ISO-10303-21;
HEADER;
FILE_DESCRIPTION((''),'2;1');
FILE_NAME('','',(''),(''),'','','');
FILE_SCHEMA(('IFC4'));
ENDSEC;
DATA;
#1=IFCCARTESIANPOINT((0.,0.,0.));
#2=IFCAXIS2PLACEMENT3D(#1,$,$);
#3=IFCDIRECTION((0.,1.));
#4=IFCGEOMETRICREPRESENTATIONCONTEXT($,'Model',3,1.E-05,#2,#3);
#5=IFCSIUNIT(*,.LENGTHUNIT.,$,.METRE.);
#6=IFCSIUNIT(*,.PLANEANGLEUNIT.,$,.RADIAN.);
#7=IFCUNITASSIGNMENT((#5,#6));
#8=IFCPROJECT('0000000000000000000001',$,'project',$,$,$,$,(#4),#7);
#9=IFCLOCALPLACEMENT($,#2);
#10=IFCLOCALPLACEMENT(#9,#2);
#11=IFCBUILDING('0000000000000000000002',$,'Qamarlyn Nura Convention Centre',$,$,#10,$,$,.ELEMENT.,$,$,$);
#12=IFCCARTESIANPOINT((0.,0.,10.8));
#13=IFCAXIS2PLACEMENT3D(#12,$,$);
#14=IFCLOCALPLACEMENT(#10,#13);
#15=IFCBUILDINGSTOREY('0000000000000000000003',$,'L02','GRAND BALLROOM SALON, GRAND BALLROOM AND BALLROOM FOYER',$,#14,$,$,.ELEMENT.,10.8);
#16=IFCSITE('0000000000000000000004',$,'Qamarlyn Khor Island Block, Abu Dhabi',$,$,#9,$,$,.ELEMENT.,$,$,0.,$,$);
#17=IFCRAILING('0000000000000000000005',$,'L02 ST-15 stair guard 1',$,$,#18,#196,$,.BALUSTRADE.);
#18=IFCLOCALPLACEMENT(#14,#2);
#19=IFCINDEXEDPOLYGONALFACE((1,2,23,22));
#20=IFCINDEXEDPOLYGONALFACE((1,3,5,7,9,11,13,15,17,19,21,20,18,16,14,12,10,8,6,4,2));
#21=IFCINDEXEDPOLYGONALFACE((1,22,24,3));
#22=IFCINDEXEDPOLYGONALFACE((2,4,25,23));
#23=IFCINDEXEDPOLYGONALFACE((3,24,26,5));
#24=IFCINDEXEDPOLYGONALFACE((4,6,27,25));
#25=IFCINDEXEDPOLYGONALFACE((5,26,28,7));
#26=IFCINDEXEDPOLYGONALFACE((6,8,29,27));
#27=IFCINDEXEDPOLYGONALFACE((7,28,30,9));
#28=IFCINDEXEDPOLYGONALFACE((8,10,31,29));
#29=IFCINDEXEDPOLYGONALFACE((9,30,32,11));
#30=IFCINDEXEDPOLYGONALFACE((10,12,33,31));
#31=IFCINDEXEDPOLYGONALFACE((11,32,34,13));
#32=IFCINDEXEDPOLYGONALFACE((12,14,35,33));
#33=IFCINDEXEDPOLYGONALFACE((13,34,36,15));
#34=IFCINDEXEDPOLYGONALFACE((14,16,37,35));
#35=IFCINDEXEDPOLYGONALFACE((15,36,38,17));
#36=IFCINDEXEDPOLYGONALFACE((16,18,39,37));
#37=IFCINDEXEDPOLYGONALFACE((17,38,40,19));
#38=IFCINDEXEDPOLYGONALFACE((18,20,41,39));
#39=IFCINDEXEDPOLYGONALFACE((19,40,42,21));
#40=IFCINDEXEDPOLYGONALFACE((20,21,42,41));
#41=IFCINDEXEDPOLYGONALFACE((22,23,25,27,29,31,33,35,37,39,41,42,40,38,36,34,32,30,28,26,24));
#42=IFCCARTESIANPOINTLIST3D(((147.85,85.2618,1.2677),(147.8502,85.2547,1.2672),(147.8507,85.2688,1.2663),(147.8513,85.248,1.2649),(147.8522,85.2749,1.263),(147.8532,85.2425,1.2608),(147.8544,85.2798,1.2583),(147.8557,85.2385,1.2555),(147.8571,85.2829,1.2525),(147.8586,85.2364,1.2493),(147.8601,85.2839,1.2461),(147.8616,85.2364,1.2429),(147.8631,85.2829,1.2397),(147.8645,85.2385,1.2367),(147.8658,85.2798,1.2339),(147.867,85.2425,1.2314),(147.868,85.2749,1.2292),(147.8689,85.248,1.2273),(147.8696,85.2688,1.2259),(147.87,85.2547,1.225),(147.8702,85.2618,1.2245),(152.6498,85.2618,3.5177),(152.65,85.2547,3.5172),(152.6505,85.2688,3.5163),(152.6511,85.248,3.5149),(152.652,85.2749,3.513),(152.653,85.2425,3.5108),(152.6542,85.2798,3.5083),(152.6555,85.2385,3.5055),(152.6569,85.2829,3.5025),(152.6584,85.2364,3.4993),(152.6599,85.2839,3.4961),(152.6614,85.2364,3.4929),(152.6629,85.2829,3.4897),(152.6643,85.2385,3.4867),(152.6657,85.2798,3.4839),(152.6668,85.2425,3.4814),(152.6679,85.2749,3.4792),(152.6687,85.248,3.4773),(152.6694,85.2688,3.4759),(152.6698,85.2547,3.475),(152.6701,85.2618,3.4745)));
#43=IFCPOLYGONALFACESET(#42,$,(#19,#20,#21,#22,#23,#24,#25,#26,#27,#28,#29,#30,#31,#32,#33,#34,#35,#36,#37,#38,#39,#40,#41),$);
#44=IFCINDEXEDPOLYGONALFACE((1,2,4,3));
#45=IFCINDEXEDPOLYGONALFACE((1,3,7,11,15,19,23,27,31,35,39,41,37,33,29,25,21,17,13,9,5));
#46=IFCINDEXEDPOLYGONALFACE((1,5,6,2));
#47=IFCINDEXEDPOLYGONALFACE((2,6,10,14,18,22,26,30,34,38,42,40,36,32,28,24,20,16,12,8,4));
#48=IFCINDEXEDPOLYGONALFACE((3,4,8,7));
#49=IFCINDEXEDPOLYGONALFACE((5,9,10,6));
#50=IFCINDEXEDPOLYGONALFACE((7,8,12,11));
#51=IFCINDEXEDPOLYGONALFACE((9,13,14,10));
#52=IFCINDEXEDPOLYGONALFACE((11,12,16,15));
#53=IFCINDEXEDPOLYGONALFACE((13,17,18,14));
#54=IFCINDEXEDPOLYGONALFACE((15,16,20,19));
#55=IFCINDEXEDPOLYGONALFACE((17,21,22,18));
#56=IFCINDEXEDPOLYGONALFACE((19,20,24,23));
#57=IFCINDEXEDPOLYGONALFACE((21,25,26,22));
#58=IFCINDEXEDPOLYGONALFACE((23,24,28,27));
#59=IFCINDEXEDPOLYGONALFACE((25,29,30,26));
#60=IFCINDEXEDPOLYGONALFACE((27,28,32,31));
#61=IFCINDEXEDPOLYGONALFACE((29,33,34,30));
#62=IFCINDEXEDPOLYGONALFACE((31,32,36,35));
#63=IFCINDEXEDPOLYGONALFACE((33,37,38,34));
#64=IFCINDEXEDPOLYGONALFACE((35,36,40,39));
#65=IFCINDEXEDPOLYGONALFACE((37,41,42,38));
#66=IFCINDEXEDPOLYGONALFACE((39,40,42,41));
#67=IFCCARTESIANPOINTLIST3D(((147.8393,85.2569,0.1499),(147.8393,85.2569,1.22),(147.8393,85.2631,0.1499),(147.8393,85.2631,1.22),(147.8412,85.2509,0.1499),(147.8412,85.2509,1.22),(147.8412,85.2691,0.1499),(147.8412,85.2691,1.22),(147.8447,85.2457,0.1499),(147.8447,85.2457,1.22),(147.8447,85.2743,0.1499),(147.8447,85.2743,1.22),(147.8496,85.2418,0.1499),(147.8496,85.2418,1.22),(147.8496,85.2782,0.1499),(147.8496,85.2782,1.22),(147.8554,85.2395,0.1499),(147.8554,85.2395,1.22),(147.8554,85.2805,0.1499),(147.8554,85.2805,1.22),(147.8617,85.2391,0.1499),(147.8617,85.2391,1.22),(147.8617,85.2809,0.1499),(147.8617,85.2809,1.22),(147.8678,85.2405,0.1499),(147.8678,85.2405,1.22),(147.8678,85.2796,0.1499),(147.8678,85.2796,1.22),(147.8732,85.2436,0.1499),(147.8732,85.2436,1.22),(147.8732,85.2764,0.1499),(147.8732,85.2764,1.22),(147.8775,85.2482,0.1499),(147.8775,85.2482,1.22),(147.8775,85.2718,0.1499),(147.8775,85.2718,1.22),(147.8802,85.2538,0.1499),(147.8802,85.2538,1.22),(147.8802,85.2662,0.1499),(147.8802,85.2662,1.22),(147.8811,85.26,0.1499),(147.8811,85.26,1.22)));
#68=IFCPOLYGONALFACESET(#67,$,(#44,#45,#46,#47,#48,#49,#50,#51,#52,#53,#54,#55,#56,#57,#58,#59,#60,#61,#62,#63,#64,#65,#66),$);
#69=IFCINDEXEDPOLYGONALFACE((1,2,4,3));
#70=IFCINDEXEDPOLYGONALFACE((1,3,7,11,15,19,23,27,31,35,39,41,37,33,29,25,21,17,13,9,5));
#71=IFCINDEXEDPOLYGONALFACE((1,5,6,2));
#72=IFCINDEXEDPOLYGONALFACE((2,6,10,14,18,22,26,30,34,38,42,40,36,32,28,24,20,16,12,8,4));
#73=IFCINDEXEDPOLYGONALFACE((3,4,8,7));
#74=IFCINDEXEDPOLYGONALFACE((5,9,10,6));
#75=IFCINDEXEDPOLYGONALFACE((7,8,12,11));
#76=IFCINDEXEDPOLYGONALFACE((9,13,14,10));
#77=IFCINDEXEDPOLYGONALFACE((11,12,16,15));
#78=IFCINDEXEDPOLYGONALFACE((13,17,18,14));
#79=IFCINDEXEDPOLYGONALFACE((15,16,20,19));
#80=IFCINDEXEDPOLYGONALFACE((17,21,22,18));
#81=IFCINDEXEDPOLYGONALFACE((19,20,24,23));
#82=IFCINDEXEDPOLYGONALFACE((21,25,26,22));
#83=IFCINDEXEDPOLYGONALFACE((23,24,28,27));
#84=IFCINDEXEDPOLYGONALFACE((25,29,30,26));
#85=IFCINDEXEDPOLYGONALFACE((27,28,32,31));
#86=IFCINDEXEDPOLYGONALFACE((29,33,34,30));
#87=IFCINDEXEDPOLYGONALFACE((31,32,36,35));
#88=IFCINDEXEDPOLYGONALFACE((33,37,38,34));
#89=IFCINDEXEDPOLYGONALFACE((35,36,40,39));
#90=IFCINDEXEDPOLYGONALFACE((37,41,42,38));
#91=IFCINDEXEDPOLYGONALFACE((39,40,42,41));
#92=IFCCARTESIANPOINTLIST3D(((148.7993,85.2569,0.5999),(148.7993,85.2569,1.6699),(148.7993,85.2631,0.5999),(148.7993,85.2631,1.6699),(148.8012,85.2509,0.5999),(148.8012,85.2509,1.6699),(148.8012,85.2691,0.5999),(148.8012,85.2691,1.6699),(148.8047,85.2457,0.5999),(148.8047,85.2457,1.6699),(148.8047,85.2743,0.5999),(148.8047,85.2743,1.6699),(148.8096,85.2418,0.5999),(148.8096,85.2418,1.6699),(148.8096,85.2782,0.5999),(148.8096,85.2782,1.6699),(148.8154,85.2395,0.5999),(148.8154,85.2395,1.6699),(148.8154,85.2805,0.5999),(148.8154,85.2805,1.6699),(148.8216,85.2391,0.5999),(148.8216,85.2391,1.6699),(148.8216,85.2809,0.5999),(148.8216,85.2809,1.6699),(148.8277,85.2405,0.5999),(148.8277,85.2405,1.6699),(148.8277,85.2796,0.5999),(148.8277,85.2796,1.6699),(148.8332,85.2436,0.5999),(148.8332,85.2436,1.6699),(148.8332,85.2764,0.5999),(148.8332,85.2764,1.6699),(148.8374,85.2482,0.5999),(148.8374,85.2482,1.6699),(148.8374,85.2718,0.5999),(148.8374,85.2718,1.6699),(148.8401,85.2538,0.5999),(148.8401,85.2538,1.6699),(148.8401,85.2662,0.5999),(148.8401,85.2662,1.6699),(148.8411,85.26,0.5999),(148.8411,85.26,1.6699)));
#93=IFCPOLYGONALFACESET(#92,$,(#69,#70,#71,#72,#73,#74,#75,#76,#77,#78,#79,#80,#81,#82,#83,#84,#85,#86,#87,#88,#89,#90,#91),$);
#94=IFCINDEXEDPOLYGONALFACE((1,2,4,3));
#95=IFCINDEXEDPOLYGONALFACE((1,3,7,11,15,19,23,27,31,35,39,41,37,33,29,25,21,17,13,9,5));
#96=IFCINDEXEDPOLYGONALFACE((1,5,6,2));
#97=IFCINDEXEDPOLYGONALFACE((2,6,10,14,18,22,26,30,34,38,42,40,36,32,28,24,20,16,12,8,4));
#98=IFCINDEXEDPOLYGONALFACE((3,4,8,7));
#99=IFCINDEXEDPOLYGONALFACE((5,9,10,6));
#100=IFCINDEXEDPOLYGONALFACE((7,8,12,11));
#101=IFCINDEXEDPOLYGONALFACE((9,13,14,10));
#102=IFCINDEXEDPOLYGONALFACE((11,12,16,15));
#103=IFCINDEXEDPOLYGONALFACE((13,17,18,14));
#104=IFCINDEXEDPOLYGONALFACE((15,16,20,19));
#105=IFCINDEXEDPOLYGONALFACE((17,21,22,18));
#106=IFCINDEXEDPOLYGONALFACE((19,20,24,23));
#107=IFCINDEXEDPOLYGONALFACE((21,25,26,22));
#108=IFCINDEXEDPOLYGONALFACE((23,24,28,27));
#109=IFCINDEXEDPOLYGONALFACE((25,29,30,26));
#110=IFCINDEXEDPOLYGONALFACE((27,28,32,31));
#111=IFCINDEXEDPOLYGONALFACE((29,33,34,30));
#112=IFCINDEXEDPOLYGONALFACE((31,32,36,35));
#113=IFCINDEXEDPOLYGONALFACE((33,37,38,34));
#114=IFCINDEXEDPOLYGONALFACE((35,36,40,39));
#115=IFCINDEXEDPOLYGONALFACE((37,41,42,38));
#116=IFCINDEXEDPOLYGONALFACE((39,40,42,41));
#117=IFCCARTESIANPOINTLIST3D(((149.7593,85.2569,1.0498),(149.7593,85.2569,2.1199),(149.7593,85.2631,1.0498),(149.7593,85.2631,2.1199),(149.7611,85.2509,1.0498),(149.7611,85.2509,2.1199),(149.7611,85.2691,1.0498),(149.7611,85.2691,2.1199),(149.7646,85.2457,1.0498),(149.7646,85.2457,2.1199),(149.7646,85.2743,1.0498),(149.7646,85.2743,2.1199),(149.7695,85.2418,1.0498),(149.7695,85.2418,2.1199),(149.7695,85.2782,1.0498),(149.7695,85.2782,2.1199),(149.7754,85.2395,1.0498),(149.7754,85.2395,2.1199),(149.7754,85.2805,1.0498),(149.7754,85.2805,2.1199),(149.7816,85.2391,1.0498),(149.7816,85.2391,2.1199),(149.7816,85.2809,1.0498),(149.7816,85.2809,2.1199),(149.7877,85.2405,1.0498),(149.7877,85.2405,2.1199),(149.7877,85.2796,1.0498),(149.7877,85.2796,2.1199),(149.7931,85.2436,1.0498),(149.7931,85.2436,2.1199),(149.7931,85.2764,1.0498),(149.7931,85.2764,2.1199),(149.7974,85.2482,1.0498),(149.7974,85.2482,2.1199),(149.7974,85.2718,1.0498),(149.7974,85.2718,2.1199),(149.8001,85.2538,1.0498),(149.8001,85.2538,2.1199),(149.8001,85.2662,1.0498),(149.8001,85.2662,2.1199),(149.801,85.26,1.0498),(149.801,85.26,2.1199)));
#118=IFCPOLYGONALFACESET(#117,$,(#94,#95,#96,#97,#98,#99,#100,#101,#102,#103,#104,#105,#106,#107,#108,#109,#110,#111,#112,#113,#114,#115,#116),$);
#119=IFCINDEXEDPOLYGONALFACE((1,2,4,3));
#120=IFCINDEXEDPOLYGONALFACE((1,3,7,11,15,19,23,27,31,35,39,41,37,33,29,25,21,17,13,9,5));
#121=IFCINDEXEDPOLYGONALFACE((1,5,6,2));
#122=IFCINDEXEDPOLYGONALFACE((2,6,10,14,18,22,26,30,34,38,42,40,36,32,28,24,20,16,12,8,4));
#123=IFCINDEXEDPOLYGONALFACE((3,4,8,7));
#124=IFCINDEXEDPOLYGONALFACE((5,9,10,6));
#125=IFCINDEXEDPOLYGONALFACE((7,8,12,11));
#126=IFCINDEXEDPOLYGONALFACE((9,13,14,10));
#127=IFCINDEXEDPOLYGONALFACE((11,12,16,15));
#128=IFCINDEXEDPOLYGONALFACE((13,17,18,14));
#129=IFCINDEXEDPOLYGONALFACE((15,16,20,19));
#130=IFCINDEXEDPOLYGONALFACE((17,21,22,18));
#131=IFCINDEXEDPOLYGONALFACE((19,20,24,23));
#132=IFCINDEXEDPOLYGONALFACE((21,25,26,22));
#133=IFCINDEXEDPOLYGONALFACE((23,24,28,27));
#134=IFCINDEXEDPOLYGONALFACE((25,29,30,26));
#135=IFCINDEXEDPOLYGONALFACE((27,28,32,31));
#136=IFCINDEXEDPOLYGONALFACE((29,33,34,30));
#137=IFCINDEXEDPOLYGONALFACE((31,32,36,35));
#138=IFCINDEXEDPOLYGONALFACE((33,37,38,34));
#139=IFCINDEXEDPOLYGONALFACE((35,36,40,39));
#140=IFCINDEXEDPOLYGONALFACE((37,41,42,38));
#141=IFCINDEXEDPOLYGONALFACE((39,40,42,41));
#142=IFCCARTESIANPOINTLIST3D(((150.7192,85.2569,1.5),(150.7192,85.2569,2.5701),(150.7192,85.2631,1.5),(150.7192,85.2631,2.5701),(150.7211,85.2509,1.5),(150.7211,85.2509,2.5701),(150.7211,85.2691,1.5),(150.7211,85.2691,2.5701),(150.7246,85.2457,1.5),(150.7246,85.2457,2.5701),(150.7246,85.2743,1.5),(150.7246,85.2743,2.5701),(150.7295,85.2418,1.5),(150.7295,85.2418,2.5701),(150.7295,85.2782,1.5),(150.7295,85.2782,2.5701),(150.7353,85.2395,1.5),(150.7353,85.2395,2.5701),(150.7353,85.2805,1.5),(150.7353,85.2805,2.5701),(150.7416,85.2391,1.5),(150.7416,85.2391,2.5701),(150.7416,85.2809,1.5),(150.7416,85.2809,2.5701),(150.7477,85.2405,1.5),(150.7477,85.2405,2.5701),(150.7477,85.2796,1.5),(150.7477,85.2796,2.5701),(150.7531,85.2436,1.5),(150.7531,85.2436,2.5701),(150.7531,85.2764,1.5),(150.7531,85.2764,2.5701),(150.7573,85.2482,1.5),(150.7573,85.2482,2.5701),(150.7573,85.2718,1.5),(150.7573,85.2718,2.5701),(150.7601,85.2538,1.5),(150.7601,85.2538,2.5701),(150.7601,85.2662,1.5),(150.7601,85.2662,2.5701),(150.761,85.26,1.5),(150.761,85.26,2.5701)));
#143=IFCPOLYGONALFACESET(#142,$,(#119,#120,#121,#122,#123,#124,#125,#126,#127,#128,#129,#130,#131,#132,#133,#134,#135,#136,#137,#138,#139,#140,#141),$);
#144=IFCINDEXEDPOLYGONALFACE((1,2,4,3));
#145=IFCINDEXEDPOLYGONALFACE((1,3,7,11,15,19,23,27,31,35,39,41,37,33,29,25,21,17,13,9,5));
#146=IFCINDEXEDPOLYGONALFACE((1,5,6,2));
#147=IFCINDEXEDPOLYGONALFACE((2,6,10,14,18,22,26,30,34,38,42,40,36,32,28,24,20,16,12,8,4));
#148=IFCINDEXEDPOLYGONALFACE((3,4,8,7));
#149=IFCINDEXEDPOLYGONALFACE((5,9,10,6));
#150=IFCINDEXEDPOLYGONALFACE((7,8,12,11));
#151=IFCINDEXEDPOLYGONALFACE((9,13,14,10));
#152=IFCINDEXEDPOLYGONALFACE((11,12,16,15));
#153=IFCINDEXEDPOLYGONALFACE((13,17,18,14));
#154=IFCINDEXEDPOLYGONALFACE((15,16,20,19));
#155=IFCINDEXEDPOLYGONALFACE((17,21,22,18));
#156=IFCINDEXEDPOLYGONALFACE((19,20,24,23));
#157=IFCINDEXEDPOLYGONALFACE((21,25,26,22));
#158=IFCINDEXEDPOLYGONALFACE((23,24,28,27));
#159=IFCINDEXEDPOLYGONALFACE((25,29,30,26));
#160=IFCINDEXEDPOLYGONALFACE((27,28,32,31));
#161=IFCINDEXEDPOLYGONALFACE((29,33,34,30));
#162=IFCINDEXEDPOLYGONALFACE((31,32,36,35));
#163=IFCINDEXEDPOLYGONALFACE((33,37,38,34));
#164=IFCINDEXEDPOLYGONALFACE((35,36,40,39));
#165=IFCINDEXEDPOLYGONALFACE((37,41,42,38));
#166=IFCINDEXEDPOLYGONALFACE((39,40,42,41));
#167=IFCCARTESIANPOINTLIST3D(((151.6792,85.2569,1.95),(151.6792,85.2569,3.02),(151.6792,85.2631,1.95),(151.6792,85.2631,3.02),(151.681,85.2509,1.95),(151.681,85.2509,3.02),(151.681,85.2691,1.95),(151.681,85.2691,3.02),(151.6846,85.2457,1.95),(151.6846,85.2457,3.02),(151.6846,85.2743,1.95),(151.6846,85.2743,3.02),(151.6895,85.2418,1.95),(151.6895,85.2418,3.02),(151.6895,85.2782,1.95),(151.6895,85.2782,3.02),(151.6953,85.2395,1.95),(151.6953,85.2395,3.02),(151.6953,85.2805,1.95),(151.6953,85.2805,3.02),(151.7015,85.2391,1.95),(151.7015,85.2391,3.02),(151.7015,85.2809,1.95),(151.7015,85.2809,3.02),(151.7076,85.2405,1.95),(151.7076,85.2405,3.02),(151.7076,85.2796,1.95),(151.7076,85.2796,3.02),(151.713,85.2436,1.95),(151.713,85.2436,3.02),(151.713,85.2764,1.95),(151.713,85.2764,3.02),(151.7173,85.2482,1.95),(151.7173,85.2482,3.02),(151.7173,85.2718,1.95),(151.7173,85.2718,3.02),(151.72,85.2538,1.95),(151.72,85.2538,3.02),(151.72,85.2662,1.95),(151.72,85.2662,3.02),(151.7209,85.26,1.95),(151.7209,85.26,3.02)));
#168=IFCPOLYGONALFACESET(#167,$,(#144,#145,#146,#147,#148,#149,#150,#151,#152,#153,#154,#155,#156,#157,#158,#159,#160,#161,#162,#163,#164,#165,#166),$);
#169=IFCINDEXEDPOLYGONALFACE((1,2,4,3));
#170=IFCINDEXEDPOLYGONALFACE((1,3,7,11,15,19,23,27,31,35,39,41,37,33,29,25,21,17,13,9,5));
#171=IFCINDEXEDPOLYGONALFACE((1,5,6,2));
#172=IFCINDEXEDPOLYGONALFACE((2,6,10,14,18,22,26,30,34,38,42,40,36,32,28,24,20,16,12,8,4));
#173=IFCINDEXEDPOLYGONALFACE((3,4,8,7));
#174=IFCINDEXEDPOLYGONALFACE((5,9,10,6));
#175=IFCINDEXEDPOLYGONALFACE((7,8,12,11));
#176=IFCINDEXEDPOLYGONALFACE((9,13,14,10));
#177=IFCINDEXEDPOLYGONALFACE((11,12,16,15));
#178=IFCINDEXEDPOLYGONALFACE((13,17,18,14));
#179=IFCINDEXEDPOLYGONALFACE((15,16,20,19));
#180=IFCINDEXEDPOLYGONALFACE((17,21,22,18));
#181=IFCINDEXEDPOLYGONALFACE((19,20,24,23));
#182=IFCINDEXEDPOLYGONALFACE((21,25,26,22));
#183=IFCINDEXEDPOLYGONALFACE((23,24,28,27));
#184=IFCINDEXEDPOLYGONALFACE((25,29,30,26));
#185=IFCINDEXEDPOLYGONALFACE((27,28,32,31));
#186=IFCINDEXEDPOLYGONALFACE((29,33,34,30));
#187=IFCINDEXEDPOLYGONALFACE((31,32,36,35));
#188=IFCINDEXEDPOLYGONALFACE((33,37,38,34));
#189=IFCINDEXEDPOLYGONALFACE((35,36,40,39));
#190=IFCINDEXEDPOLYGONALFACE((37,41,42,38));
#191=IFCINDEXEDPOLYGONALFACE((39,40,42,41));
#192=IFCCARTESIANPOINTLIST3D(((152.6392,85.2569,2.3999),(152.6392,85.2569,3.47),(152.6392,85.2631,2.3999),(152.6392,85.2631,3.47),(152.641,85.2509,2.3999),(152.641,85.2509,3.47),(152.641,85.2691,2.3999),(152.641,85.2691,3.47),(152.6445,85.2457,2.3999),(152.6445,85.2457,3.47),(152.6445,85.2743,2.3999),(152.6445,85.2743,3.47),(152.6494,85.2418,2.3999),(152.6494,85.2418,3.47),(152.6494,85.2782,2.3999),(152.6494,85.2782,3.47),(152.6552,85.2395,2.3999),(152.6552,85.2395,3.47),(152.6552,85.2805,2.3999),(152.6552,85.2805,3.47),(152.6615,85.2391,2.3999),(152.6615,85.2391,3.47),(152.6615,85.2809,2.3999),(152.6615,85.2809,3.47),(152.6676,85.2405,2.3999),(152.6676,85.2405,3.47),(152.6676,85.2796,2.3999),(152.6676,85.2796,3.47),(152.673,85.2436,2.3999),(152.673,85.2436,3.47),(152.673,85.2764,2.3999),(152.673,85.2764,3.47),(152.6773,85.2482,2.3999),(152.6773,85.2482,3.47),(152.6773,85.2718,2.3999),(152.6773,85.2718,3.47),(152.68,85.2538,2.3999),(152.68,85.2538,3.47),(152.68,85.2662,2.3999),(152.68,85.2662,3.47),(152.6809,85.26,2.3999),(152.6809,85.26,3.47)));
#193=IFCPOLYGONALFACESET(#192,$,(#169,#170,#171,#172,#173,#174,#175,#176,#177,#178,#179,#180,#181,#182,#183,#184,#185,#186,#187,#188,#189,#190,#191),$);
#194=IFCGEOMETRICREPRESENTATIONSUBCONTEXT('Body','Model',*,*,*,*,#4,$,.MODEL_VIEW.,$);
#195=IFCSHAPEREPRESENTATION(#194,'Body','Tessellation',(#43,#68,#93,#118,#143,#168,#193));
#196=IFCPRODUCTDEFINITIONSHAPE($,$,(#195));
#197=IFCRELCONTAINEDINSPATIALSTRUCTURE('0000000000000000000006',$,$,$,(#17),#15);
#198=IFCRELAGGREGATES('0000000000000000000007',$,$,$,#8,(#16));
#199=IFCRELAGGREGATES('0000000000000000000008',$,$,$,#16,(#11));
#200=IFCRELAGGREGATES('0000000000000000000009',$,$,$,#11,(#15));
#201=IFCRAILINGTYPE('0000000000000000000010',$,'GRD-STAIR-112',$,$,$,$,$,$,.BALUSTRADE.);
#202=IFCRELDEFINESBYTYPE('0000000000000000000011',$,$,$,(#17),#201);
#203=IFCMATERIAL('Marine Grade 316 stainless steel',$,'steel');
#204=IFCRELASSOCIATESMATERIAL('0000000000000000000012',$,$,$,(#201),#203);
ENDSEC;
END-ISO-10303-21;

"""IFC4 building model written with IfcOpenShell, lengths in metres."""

from ifc_helpers import new_model, si_unit, direction, frame, origin, origin_2d, place, context, subcontext, project, spatial, circle, extrude, material, type_object, element, save


model = new_model("IFC4")

# Units and contexts
model_context = context("Model", 3, precision=1e-05, world=origin(), true_north=direction((0.0, 1.0)))
body_context = subcontext(model_context, "Body", "Model", "MODEL_VIEW")
ifc_project = project(units=[si_unit("LENGTHUNIT", "METRE"), si_unit("PLANEANGLEUNIT", "RADIAN")], contexts=[model_context])

# Site, building, storey
site_placement = place(None, origin())
site = spatial("IfcSite", under=ifc_project, at=site_placement, Name="Qamarlyn Khor Island Block, Abu Dhabi", CompositionType="ELEMENT", RefElevation=0.0)
building_placement = place(site_placement, origin())
building = spatial("IfcBuilding", under=site, at=building_placement, Name="Qamarlyn Nura Convention Centre", CompositionType="ELEMENT")
storey_placement = place(building_placement, frame((0.0, 0.0, 10.8)))
storey = spatial("IfcBuildingStorey", under=building, at=storey_placement, Name="L02", Description="GRAND BALLROOM SALON, GRAND BALLROOM AND BALLROOM FOYER", CompositionType="ELEMENT", Elevation=10.8)

# Railing
ifc_material_1 = material(Name="Marine Grade 316 stainless steel", Category="steel")
railing_type_1 = type_object("IfcRailingType", Name="GRD-STAIR-112", PredefinedType="BALUSTRADE", material=ifc_material_1)
railing_1_placement = place(storey_placement, frame((147.8601, 85.26, 0.1499)))
element("IfcRailing", 1, at=railing_1_placement, inside=storey, type_object=railing_type_1, Name="L02 ST-15 stair guard 1", PredefinedType="BALUSTRADE", context=body_context, shape_type="SweptSolid", body=[
    extrude(circle(Radius=0.0239, at=origin_2d()), frame((0.0, 0.0, 1.0962), z_axis=(0.905452, 0.0, 0.424448), x_axis=(0.0, 1.0, 0.0)), (0.0, 0.0, 1.0), 5.301),
    extrude(circle(Radius=0.021, at=origin_2d()), origin(), (0.0, 0.0, 1.0), 1.0701),
    extrude(circle(Radius=0.021, at=origin_2d()), frame((0.96, 0.0, 0.45)), (0.0, 0.0, 1.0), 1.0701),
    extrude(circle(Radius=0.021, at=origin_2d()), frame((1.9199, 0.0, 0.8999)), (0.0, 0.0, 1.0), 1.0701),
    extrude(circle(Radius=0.021, at=origin_2d()), frame((2.8799, 0.0, 1.3501)), (0.0, 0.0, 1.0), 1.0701),
    extrude(circle(Radius=0.021, at=origin_2d()), frame((3.8398, 0.0, 1.8)), (0.0, 0.0, 1.0), 1.0701),
    extrude(circle(Radius=0.021, at=origin_2d()), frame((4.7998, 0.0, 2.25)), (0.0, 0.0, 1.0), 1.0701),
])

save(model, "model.ifc")
